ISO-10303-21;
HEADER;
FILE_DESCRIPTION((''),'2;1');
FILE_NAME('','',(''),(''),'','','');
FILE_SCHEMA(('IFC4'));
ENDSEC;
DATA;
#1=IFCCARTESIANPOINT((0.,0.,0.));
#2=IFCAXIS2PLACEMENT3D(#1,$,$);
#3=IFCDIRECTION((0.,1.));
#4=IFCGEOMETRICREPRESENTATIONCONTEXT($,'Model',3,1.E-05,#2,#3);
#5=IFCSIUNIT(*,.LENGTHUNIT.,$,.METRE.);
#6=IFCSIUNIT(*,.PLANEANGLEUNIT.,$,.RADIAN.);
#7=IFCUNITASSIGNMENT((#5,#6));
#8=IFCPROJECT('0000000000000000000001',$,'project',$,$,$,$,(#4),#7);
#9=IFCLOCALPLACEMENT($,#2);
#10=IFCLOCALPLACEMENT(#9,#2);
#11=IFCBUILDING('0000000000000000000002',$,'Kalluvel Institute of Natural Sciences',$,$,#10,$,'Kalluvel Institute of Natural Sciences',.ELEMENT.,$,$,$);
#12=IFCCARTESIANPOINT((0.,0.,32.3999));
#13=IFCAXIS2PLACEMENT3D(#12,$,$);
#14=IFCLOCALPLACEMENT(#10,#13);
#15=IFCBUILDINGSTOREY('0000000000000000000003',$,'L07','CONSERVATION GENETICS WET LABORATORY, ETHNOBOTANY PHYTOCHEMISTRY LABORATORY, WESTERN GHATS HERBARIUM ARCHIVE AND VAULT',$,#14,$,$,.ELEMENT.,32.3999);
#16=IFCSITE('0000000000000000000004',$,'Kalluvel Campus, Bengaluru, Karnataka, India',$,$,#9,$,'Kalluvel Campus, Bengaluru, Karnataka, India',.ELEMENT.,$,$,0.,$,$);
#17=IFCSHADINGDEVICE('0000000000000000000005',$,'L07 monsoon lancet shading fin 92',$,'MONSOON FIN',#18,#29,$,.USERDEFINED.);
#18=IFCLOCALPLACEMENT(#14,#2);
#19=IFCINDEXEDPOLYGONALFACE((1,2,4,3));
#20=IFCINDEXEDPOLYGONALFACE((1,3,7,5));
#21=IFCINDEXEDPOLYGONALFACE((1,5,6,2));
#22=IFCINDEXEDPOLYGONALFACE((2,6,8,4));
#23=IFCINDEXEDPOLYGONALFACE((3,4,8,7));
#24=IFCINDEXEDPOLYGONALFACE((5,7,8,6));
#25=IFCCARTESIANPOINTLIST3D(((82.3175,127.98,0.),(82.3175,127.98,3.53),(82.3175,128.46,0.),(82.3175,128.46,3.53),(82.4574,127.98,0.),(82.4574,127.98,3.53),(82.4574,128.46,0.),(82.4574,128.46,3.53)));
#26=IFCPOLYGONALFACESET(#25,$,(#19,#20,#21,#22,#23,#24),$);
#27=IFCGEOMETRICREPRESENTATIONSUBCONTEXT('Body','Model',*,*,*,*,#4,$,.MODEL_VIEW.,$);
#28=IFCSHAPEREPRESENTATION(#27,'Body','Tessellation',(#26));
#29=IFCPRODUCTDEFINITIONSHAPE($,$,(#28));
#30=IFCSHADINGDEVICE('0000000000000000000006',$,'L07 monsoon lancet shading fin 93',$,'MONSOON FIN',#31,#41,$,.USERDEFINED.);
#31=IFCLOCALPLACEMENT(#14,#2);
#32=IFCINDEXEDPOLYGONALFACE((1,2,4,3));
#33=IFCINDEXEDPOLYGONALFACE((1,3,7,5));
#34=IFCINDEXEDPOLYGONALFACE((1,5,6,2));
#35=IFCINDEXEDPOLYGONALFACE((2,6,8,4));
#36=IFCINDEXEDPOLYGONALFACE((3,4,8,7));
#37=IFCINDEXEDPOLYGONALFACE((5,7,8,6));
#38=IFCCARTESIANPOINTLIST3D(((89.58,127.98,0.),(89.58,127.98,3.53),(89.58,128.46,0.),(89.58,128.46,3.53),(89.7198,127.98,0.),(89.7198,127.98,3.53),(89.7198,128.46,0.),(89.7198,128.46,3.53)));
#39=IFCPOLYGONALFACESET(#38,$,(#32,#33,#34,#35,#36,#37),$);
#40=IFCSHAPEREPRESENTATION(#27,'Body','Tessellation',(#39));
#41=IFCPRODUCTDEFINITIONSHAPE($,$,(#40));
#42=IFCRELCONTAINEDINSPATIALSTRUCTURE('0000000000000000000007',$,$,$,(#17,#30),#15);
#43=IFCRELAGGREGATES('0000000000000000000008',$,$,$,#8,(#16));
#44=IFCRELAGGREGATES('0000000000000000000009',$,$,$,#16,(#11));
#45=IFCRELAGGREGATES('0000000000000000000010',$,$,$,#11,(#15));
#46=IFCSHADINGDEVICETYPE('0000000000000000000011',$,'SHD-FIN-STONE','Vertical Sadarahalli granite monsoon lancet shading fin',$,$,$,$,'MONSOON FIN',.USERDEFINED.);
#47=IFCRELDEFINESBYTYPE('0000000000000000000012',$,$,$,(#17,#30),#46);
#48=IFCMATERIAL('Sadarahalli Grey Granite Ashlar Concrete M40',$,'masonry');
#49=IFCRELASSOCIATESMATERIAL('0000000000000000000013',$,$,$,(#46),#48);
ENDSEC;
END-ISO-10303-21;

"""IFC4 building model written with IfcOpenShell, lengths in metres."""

from ifc_helpers import new_model, si_unit, direction, frame, origin, origin_2d, place, context, subcontext, project, spatial, rectangle, extrude, material, type_object, element, save


model = new_model("IFC4")

# Units and contexts
model_context = context("Model", 3, precision=1e-05, world=origin(), true_north=direction((0.0, 1.0)))
body_context = subcontext(model_context, "Body", "Model", "MODEL_VIEW")
ifc_project = project(units=[si_unit("LENGTHUNIT", "METRE"), si_unit("PLANEANGLEUNIT", "RADIAN")], contexts=[model_context])

# Site, building, storey
site_placement = place(None, origin())
site = spatial("IfcSite", under=ifc_project, at=site_placement, Name="Kalluvel Campus, Bengaluru, Karnataka, India", LongName="Kalluvel Campus, Bengaluru, Karnataka, India", CompositionType="ELEMENT", RefElevation=0.0)
building_placement = place(site_placement, origin())
building = spatial("IfcBuilding", under=site, at=building_placement, Name="Kalluvel Institute of Natural Sciences", LongName="Kalluvel Institute of Natural Sciences", CompositionType="ELEMENT")
storey_placement = place(building_placement, frame((0.0, 0.0, 32.3999)))
storey = spatial("IfcBuildingStorey", under=building, at=storey_placement, Name="L07", Description="CONSERVATION GENETICS WET LABORATORY, ETHNOBOTANY PHYTOCHEMISTRY LABORATORY, WESTERN GHATS HERBARIUM ARCHIVE AND VAULT", CompositionType="ELEMENT", Elevation=32.3999)

# Shading devices
ifc_material_1 = material(Name="Sadarahalli Grey Granite Ashlar Concrete M40", Category="masonry")
shading_device_type = type_object("IfcShadingDeviceType", Name="SHD-FIN-STONE", Description="Vertical Sadarahalli granite monsoon lancet shading fin", ElementType="MONSOON FIN", PredefinedType="USERDEFINED", material=ifc_material_1)
for number, where, z_axis, x_axis, name in (
    (1, (82.3875, 128.22, 0.0), (0.0, 0.0, 1.0), (1.0, 0.0, 0.0), "L07 monsoon lancet shading fin 92"),
    (2, (89.6499, 128.22, 0.0), (0.0, 0.0, 1.0), (1.0, 0.0, 0.0), "L07 monsoon lancet shading fin 93"),
):
    element("IfcShadingDevice", number, at=place(storey_placement, frame(where, z_axis=z_axis, x_axis=x_axis)), inside=storey, type_object=shading_device_type, Name=name, ObjectType="MONSOON FIN", PredefinedType="USERDEFINED", context=body_context, shape_type="SweptSolid", body=[
        extrude(rectangle(XDim=0.1399, YDim=0.48, at=origin_2d()), origin(), (0.0, 0.0, 1.0), 3.53),
    ])

save(model, "model.ifc")
